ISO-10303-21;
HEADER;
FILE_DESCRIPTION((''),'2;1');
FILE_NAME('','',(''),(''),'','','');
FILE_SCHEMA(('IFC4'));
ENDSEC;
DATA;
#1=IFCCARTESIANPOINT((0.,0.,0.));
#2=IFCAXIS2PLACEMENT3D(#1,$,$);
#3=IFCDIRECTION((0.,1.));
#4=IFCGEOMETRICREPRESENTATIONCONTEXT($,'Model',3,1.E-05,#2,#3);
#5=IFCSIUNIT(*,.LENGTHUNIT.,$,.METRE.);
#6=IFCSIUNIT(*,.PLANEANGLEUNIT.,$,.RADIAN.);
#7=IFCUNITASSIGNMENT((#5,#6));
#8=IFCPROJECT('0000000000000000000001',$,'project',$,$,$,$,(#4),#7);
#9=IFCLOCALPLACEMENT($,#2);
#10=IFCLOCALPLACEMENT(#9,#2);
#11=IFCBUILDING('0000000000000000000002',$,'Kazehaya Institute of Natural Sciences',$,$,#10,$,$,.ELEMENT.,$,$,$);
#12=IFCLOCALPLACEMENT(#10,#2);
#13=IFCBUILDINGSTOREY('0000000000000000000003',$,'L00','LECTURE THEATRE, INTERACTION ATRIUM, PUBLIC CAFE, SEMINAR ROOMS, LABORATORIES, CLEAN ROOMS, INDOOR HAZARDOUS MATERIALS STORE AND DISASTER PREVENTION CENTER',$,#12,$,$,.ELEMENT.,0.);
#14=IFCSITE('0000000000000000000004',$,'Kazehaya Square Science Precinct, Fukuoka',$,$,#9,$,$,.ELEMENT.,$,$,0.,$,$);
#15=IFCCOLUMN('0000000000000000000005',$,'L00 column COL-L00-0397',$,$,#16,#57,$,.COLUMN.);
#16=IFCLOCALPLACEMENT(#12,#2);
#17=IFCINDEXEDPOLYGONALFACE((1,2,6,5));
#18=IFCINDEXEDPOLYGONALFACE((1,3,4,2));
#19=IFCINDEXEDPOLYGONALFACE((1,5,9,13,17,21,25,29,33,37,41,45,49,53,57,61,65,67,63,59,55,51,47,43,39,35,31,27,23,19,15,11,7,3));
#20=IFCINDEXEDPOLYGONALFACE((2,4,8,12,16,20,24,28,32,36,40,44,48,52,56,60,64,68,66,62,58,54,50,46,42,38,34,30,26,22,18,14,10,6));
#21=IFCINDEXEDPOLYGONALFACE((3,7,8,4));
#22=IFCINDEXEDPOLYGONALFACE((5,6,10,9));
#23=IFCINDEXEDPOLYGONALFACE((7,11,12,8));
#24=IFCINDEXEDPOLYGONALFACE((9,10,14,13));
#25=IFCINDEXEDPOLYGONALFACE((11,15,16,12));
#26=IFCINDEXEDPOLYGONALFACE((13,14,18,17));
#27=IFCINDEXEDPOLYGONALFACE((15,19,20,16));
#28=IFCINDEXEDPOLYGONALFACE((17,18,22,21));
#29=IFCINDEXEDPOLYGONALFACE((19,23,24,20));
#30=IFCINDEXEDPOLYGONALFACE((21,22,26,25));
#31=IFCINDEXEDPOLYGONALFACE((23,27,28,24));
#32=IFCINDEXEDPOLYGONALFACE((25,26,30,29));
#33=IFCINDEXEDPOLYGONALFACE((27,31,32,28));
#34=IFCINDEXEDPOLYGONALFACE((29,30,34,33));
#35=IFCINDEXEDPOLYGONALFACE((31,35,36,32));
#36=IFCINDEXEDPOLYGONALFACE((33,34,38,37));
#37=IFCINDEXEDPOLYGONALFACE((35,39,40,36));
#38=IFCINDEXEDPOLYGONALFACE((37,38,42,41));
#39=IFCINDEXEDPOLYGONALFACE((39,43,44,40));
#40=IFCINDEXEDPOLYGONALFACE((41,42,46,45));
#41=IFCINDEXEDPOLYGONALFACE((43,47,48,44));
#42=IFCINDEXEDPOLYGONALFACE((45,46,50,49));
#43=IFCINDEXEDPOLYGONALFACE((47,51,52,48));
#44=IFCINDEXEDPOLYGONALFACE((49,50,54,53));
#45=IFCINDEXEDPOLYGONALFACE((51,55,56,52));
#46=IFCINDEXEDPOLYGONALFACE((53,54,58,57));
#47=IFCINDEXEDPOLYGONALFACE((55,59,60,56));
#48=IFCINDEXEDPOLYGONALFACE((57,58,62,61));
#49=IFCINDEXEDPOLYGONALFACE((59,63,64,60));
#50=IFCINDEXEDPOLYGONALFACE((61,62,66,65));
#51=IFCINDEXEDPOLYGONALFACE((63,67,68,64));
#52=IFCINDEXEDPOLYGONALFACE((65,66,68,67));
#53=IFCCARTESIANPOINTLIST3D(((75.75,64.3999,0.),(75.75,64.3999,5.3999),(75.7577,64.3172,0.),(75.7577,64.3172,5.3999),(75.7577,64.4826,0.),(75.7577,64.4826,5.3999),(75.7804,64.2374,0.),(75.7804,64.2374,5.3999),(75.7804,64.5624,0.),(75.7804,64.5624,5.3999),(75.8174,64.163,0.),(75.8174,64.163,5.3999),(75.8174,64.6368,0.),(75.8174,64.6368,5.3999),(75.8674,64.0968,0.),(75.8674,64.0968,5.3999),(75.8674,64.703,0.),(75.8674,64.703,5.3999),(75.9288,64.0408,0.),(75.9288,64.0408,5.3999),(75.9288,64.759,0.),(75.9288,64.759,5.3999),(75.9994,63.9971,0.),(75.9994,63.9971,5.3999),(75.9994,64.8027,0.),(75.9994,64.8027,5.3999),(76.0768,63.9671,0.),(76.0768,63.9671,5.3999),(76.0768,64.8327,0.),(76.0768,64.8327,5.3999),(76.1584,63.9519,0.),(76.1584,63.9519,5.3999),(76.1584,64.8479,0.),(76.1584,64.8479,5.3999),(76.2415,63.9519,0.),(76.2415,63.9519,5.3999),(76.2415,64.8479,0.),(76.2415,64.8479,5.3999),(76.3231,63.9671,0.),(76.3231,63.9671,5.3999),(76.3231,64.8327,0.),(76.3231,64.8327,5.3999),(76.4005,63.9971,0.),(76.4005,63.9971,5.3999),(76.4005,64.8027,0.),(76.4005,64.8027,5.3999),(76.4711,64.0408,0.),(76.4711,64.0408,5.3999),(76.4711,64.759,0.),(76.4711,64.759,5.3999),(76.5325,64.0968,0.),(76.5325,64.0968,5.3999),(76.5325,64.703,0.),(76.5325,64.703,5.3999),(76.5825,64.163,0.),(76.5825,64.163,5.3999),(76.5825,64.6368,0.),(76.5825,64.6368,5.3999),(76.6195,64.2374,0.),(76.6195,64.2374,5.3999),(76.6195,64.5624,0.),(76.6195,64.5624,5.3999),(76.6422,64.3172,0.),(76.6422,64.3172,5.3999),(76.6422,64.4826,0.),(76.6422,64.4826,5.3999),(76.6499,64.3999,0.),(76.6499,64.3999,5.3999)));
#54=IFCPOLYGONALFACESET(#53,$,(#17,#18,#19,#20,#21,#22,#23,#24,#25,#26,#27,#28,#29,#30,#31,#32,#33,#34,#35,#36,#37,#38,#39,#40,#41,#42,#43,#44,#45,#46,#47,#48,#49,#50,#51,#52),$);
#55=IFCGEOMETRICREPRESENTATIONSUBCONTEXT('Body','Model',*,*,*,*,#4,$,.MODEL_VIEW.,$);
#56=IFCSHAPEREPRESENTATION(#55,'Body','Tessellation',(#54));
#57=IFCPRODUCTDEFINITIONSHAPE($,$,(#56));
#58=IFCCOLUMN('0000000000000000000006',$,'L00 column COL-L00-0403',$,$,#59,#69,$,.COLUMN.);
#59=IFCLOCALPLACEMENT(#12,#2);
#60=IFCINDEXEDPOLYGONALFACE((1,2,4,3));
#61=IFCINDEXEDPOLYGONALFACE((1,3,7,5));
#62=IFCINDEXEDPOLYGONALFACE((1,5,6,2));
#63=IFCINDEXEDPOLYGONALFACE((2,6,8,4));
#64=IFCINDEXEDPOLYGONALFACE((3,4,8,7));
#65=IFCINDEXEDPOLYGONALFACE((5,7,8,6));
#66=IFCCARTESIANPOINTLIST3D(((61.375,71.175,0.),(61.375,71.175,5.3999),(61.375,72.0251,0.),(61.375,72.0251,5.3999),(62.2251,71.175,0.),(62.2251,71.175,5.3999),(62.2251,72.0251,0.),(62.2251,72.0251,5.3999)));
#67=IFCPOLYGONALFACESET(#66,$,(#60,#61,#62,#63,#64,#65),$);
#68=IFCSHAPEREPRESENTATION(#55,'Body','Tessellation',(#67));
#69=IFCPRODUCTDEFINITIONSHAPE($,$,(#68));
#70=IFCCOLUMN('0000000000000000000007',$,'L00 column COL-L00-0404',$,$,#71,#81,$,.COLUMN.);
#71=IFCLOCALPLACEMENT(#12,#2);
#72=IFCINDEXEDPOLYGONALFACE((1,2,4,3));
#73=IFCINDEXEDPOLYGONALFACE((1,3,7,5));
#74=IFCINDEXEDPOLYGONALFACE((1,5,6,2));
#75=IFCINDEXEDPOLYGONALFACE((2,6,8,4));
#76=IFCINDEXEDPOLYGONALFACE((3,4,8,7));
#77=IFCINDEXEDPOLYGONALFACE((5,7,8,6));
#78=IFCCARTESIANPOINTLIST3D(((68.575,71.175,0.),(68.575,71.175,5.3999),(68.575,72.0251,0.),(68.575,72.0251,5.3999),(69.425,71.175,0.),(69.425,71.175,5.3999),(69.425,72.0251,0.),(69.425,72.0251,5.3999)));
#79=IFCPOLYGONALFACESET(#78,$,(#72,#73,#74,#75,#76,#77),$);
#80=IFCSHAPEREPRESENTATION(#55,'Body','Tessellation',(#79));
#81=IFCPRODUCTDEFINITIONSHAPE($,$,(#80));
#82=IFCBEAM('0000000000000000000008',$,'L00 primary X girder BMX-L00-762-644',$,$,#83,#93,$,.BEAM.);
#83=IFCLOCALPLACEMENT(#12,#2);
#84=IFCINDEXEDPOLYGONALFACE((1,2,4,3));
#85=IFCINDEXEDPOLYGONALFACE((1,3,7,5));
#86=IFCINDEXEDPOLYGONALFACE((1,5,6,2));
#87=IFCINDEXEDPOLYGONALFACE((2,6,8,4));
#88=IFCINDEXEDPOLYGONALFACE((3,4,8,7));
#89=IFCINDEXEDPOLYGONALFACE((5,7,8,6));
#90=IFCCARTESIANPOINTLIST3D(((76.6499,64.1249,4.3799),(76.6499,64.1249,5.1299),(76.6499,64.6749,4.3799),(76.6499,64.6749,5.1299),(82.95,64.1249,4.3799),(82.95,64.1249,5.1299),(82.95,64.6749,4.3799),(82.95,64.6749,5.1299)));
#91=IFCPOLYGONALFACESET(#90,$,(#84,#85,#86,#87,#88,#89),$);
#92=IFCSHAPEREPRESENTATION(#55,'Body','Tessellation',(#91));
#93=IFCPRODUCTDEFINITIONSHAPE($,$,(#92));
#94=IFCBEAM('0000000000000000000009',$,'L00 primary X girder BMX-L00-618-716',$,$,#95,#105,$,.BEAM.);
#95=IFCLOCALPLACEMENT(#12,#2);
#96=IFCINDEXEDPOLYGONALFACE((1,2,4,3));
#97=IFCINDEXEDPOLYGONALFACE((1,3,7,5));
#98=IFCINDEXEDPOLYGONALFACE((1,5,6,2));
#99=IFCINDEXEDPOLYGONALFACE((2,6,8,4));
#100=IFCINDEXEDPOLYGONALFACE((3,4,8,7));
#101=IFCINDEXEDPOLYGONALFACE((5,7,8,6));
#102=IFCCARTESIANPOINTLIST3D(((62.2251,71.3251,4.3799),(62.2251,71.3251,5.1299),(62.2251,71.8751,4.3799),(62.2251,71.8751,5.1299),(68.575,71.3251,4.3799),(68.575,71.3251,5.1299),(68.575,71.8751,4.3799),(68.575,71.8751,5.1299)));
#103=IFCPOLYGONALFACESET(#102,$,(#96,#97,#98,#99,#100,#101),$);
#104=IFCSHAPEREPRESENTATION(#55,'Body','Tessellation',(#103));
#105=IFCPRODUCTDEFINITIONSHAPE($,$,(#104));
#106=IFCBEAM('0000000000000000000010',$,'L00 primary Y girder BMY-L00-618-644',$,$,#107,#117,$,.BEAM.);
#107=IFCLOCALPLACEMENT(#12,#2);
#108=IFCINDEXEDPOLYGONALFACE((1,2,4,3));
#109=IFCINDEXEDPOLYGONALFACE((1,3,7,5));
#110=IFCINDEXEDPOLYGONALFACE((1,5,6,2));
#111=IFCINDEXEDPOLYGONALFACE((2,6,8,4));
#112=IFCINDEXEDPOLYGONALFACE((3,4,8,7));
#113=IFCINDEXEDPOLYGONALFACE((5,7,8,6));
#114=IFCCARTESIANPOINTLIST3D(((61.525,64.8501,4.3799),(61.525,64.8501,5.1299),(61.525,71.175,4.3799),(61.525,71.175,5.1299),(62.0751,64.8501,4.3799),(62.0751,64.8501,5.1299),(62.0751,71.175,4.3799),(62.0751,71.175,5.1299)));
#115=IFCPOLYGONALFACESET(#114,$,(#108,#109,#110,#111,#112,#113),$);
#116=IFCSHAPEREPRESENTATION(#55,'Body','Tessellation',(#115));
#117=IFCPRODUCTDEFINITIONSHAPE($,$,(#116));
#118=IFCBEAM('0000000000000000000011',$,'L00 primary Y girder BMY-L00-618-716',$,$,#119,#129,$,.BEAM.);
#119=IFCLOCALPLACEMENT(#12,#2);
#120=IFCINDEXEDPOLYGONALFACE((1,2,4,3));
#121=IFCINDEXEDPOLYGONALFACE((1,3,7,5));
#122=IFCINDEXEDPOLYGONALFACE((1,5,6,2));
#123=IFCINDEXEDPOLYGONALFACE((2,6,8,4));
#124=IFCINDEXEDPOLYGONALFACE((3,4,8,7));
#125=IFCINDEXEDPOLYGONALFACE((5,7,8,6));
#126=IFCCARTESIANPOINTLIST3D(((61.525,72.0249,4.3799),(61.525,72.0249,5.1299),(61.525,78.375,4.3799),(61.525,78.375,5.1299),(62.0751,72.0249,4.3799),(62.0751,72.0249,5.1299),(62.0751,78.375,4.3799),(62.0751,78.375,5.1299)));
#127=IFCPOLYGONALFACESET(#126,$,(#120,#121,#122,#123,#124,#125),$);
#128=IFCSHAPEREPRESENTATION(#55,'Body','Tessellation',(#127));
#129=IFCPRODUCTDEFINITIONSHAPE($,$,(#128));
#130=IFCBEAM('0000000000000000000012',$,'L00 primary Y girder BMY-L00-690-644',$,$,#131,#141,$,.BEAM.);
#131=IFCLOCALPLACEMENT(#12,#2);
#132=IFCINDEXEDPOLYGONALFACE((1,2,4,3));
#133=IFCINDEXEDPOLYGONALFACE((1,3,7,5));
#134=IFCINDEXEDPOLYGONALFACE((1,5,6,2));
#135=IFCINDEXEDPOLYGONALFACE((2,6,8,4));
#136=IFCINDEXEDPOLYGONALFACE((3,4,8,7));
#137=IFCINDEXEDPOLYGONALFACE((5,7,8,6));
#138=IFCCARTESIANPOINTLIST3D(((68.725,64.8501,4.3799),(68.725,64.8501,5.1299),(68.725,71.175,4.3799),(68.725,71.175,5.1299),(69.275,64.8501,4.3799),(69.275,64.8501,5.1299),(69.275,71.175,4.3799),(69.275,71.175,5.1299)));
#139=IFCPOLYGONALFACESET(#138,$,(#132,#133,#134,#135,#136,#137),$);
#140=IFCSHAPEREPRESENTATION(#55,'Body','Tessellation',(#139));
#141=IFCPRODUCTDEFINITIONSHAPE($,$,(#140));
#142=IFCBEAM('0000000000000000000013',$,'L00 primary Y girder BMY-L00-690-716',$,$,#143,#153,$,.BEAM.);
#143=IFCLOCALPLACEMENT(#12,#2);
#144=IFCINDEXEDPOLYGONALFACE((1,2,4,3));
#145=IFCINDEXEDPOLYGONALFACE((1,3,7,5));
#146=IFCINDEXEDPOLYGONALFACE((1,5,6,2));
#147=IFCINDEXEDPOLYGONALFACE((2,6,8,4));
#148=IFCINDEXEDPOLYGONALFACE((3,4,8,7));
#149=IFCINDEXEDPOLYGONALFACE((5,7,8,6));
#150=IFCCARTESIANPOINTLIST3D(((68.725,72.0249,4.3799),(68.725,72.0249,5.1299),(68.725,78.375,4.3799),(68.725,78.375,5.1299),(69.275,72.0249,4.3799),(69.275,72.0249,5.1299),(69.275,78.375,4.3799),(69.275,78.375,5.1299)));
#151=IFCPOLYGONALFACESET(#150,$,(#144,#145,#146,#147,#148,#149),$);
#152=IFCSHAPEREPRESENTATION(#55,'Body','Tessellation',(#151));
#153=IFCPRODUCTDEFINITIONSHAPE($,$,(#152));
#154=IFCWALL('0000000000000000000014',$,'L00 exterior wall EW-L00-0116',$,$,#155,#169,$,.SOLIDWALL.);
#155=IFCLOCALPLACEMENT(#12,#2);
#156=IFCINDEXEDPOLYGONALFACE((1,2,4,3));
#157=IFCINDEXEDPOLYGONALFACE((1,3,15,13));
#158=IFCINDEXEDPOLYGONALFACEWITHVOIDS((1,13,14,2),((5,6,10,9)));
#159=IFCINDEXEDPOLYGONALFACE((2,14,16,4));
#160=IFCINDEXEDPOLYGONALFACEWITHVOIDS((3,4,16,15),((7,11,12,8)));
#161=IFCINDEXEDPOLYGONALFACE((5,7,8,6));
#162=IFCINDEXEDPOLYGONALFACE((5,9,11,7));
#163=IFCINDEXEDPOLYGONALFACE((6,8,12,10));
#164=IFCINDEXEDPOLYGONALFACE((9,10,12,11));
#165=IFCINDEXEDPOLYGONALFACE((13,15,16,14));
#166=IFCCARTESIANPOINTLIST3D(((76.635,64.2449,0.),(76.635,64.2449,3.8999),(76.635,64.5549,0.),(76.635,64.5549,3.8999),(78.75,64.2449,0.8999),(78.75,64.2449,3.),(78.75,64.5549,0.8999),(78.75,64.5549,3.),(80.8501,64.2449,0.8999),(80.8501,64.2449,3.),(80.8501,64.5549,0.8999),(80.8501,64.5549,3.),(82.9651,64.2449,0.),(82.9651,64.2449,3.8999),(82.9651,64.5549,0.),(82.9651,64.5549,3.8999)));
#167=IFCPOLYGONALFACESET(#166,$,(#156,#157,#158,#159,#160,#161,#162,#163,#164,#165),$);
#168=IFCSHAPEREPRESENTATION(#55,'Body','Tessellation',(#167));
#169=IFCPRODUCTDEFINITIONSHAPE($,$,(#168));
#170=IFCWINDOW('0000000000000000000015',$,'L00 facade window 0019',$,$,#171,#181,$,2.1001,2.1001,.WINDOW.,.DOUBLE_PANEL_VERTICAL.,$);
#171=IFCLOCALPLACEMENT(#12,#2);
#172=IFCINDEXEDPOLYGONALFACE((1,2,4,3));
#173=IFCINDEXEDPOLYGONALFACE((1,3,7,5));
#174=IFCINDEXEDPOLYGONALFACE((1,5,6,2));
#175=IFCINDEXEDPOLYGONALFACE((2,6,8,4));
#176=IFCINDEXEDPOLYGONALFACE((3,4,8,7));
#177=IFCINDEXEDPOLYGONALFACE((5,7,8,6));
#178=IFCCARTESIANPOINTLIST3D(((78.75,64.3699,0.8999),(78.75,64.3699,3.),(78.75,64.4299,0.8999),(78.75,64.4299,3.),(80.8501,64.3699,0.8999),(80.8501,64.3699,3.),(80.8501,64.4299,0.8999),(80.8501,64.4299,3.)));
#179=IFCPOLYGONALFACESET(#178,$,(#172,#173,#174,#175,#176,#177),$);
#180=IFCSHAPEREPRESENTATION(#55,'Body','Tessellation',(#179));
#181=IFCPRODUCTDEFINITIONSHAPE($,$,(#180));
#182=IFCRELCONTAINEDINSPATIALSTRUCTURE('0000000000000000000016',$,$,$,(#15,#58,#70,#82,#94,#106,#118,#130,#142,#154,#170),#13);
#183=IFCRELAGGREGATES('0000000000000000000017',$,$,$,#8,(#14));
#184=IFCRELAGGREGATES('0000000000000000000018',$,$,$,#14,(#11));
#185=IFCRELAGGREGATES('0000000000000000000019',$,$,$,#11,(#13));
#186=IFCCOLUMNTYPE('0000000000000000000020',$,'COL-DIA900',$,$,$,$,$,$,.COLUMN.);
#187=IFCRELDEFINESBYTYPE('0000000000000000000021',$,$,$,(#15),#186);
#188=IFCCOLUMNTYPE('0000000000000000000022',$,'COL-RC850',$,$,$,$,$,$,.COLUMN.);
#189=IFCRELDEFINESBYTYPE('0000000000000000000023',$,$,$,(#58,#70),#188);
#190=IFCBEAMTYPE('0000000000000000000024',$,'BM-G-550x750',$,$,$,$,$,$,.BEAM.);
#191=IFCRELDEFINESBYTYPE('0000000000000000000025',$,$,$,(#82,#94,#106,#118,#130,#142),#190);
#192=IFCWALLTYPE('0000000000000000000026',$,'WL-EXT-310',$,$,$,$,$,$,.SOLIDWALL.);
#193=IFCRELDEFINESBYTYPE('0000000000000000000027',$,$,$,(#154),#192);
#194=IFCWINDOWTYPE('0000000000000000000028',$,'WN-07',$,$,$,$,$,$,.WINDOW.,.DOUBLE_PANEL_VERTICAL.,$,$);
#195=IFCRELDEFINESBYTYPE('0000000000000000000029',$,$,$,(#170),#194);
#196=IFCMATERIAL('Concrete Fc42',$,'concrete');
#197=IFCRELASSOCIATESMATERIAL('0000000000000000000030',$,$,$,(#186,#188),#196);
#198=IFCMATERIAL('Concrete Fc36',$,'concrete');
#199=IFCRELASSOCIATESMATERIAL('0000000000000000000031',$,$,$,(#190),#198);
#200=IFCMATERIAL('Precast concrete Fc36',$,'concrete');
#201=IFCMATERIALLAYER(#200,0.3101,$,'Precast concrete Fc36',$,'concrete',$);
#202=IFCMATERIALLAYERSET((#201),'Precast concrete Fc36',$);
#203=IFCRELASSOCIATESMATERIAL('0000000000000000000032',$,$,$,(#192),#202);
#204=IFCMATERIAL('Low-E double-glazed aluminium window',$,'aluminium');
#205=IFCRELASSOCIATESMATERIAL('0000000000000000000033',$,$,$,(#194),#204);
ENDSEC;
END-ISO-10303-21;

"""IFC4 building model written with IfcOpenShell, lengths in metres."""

from ifc_helpers import new_model, si_unit, direction, frame, frame_2d, origin, origin_2d, place, context, subcontext, project, spatial, rectangle, circle, extrude, material, layer, layer_set, material_profile, profile_set, type_object, element, fill, save


model = new_model("IFC4")

# Units and contexts
model_context = context("Model", 3, precision=1e-05, world=origin(), true_north=direction((0.0, 1.0)))
body_context = subcontext(model_context, "Body", "Model", "MODEL_VIEW")
ifc_project = project(units=[si_unit("LENGTHUNIT", "METRE"), si_unit("PLANEANGLEUNIT", "RADIAN")], contexts=[model_context])

# Site, building, storey
site_placement = place(None, origin())
site = spatial("IfcSite", under=ifc_project, at=site_placement, Name="Kazehaya Square Science Precinct, Fukuoka", CompositionType="ELEMENT", RefElevation=0.0)
building_placement = place(site_placement, origin())
building = spatial("IfcBuilding", under=site, at=building_placement, Name="Kazehaya Institute of Natural Sciences", CompositionType="ELEMENT")
storey_placement = place(building_placement, origin())
storey = spatial("IfcBuildingStorey", under=building, at=storey_placement, Name="L00", Description="LECTURE THEATRE, INTERACTION ATRIUM, PUBLIC CAFE, SEMINAR ROOMS, LABORATORIES, CLEAN ROOMS, INDOOR HAZARDOUS MATERIALS STORE AND DISASTER PREVENTION CENTER", CompositionType="ELEMENT", Elevation=0.0)

# Columns
ifc_material_1 = material(Name="Concrete Fc42", Category="concrete")
ifc_material_profile_1 = material_profile(ifc_material_1, circle(Radius=0.45, at=origin_2d()), Name="RC-DIA900")
ifc_profile_set_1 = profile_set([ifc_material_profile_1], Name="Concrete Fc42")
column_type_1 = type_object("IfcColumnType", Name="COL-DIA900", PredefinedType="COLUMN", material=ifc_profile_set_1)
column_placement = place(storey_placement, frame((76.2, 64.3999, 0.0), z_axis=(0.0, 0.0, 1.0), x_axis=(1.0, 0.0, 0.0)))
element("IfcColumn", 1, at=column_placement, inside=storey, type_object=column_type_1, Name="L00 column COL-L00-0397", PredefinedType="COLUMN", context=body_context, shape_type="SweptSolid", body=[
    extrude(circle(Radius=0.45, at=origin_2d()), origin(), (0.0, 0.0, 1.0), 5.3999),
])
ifc_material_profile_2 = material_profile(ifc_material_1, rectangle(XDim=0.8501, YDim=0.8501, at=origin_2d()), Name="RC-850x850")
ifc_profile_set_2 = profile_set([ifc_material_profile_2], Name="Concrete Fc42")
column_type_2 = type_object("IfcColumnType", Name="COL-RC850", PredefinedType="COLUMN", material=ifc_profile_set_2)
for number, where, z_axis, x_axis, name in (
    (2, (61.8, 71.6001, 0.0), (0.0, 0.0, 1.0), (1.0, 0.0, 0.0), "L00 column COL-L00-0403"),
    (3, (69.0, 71.6001, 0.0), (0.0, 0.0, 1.0), (1.0, 0.0, 0.0), "L00 column COL-L00-0404"),
):
    element("IfcColumn", number, at=place(storey_placement, frame(where, z_axis=z_axis, x_axis=x_axis)), inside=storey, type_object=column_type_2, Name=name, PredefinedType="COLUMN", context=body_context, shape_type="SweptSolid", body=[
        extrude(rectangle(XDim=0.8501, YDim=0.8501, at=origin_2d()), origin(), (0.0, 0.0, 1.0), 5.3999),
    ])

# Beams
ifc_material_2 = material(Name="Concrete Fc36", Category="concrete")
ifc_material_profile_3 = material_profile(ifc_material_2, rectangle(XDim=0.55, YDim=0.75, at=origin_2d()), Name="RC-550x750")
ifc_profile_set_3 = profile_set([ifc_material_profile_3], Name="Concrete Fc36")
beam_type = type_object("IfcBeamType", Name="BM-G-550x750", PredefinedType="BEAM", material=ifc_profile_set_3)
beam_1_placement = place(storey_placement, frame((76.6499, 64.3999, 4.7549), z_axis=(1.0, 0.0, 0.0), x_axis=(0.0, 1.0, 0.0)))
element("IfcBeam", 4, at=beam_1_placement, inside=storey, type_object=beam_type, Name="L00 primary X girder BMX-L00-762-644", PredefinedType="BEAM", context=body_context, shape_type="SweptSolid", body=[
    extrude(rectangle(XDim=0.55, YDim=0.75, at=origin_2d()), origin(), (0.0, 0.0, 1.0), 6.3),
])
beam_2_placement = place(storey_placement, frame((62.2251, 71.6001, 4.7549), z_axis=(1.0, 0.0, 0.0), x_axis=(0.0, 1.0, 0.0)))
element("IfcBeam", 5, at=beam_2_placement, inside=storey, type_object=beam_type, Name="L00 primary X girder BMX-L00-618-716", PredefinedType="BEAM", context=body_context, shape_type="SweptSolid", body=[
    extrude(rectangle(XDim=0.55, YDim=0.75, at=origin_2d()), origin(), (0.0, 0.0, 1.0), 6.3499),
])
beam_3_placement = place(storey_placement, frame((61.8, 64.8501, 4.7549), z_axis=(0.0, 1.0, 0.0), x_axis=(-1.0, 0.0, 0.0)))
element("IfcBeam", 6, at=beam_3_placement, inside=storey, type_object=beam_type, Name="L00 primary Y girder BMY-L00-618-644", PredefinedType="BEAM", context=body_context, shape_type="SweptSolid", body=[
    extrude(rectangle(XDim=0.55, YDim=0.75, at=origin_2d()), origin(), (0.0, 0.0, 1.0), 6.325),
])
beam_4_placement = place(storey_placement, frame((61.8, 72.0249, 4.7549), z_axis=(0.0, 1.0, 0.0), x_axis=(-1.0, 0.0, 0.0)))
element("IfcBeam", 7, at=beam_4_placement, inside=storey, type_object=beam_type, Name="L00 primary Y girder BMY-L00-618-716", PredefinedType="BEAM", context=body_context, shape_type="SweptSolid", body=[
    extrude(rectangle(XDim=0.55, YDim=0.75, at=origin_2d()), origin(), (0.0, 0.0, 1.0), 6.3501),
])
beam_5_placement = place(storey_placement, frame((69.0, 64.8501, 4.7549), z_axis=(0.0, 1.0, 0.0), x_axis=(-1.0, 0.0, 0.0)))
element("IfcBeam", 8, at=beam_5_placement, inside=storey, type_object=beam_type, Name="L00 primary Y girder BMY-L00-690-644", PredefinedType="BEAM", context=body_context, shape_type="SweptSolid", body=[
    extrude(rectangle(XDim=0.55, YDim=0.75, at=origin_2d()), origin(), (0.0, 0.0, 1.0), 6.325),
])
beam_6_placement = place(storey_placement, frame((69.0, 72.0249, 4.7549), z_axis=(0.0, 1.0, 0.0), x_axis=(-1.0, 0.0, 0.0)))
element("IfcBeam", 9, at=beam_6_placement, inside=storey, type_object=beam_type, Name="L00 primary Y girder BMY-L00-690-716", PredefinedType="BEAM", context=body_context, shape_type="SweptSolid", body=[
    extrude(rectangle(XDim=0.55, YDim=0.75, at=origin_2d()), origin(), (0.0, 0.0, 1.0), 6.3501),
])

# Wall, opening, window
ifc_material_3 = material(Name="Precast concrete Fc36", Category="concrete")
ifc_layer_1 = layer(ifc_material_3, 0.3101, Name="Precast concrete Fc36", Category="concrete")
ifc_layer_set_1 = layer_set([ifc_layer_1], Name="Precast concrete Fc36")
wall_type_1 = type_object("IfcWallType", Name="WL-EXT-310", PredefinedType="SOLIDWALL", material=ifc_layer_set_1)
wall_1_placement = place(storey_placement, frame((76.635, 64.3999, 0.0), z_axis=(0.0, 0.0, 1.0), x_axis=(1.0, 0.0, 0.0)))
wall_1 = element("IfcWall", 10, at=wall_1_placement, inside=storey, type_object=wall_type_1, Name="L00 exterior wall EW-L00-0116", PredefinedType="SOLIDWALL", context=body_context, shape_type="SweptSolid", body=[
    extrude(rectangle(XDim=6.3301, YDim=0.3101, at=frame_2d((3.165, 0.0))), origin(), (0.0, 0.0, 1.0), 3.8999),
])
opening_1_placement = place(wall_1_placement, frame((2.115, 0.0, 0.8999)))
opening_1 = element("IfcOpeningElement", 11, at=opening_1_placement, cuts=wall_1, PredefinedType="OPENING", context=body_context, shape_type="SweptSolid", body=[
    extrude(rectangle(XDim=2.1001, YDim=2.1001, at=frame_2d((1.05, 1.05))), frame((0.0, 0.165, 0.0), z_axis=(0.0, -1.0, 0.0), x_axis=(1.0, 0.0, 0.0)), (0.0, 0.0, 1.0), 0.3301),
])
ifc_material_4 = material(Name="Low-E double-glazed aluminium window", Category="aluminium")
window_type_1 = type_object("IfcWindowType", Name="WN-07", PartitioningType="DOUBLE_PANEL_VERTICAL", PredefinedType="WINDOW", material=ifc_material_4)
window_1_placement = place(opening_1_placement, origin())
window_1 = element("IfcWindow", 12, at=window_1_placement, inside=storey, type_object=window_type_1, Name="L00 facade window 0019", OverallHeight=2.1001, OverallWidth=2.1001, PartitioningType="DOUBLE_PANEL_VERTICAL", PredefinedType="WINDOW", context=body_context, shape_type="SweptSolid", body=[
    extrude(rectangle(XDim=2.1001, YDim=2.1001, at=frame_2d((1.05, 1.05))), frame((0.0, 0.03, 0.0), z_axis=(0.0, -1.0, 0.0), x_axis=(1.0, 0.0, 0.0)), (0.0, 0.0, 1.0), 0.0601),
])
fill(opening_1, window_1)

save(model, "model.ifc")
